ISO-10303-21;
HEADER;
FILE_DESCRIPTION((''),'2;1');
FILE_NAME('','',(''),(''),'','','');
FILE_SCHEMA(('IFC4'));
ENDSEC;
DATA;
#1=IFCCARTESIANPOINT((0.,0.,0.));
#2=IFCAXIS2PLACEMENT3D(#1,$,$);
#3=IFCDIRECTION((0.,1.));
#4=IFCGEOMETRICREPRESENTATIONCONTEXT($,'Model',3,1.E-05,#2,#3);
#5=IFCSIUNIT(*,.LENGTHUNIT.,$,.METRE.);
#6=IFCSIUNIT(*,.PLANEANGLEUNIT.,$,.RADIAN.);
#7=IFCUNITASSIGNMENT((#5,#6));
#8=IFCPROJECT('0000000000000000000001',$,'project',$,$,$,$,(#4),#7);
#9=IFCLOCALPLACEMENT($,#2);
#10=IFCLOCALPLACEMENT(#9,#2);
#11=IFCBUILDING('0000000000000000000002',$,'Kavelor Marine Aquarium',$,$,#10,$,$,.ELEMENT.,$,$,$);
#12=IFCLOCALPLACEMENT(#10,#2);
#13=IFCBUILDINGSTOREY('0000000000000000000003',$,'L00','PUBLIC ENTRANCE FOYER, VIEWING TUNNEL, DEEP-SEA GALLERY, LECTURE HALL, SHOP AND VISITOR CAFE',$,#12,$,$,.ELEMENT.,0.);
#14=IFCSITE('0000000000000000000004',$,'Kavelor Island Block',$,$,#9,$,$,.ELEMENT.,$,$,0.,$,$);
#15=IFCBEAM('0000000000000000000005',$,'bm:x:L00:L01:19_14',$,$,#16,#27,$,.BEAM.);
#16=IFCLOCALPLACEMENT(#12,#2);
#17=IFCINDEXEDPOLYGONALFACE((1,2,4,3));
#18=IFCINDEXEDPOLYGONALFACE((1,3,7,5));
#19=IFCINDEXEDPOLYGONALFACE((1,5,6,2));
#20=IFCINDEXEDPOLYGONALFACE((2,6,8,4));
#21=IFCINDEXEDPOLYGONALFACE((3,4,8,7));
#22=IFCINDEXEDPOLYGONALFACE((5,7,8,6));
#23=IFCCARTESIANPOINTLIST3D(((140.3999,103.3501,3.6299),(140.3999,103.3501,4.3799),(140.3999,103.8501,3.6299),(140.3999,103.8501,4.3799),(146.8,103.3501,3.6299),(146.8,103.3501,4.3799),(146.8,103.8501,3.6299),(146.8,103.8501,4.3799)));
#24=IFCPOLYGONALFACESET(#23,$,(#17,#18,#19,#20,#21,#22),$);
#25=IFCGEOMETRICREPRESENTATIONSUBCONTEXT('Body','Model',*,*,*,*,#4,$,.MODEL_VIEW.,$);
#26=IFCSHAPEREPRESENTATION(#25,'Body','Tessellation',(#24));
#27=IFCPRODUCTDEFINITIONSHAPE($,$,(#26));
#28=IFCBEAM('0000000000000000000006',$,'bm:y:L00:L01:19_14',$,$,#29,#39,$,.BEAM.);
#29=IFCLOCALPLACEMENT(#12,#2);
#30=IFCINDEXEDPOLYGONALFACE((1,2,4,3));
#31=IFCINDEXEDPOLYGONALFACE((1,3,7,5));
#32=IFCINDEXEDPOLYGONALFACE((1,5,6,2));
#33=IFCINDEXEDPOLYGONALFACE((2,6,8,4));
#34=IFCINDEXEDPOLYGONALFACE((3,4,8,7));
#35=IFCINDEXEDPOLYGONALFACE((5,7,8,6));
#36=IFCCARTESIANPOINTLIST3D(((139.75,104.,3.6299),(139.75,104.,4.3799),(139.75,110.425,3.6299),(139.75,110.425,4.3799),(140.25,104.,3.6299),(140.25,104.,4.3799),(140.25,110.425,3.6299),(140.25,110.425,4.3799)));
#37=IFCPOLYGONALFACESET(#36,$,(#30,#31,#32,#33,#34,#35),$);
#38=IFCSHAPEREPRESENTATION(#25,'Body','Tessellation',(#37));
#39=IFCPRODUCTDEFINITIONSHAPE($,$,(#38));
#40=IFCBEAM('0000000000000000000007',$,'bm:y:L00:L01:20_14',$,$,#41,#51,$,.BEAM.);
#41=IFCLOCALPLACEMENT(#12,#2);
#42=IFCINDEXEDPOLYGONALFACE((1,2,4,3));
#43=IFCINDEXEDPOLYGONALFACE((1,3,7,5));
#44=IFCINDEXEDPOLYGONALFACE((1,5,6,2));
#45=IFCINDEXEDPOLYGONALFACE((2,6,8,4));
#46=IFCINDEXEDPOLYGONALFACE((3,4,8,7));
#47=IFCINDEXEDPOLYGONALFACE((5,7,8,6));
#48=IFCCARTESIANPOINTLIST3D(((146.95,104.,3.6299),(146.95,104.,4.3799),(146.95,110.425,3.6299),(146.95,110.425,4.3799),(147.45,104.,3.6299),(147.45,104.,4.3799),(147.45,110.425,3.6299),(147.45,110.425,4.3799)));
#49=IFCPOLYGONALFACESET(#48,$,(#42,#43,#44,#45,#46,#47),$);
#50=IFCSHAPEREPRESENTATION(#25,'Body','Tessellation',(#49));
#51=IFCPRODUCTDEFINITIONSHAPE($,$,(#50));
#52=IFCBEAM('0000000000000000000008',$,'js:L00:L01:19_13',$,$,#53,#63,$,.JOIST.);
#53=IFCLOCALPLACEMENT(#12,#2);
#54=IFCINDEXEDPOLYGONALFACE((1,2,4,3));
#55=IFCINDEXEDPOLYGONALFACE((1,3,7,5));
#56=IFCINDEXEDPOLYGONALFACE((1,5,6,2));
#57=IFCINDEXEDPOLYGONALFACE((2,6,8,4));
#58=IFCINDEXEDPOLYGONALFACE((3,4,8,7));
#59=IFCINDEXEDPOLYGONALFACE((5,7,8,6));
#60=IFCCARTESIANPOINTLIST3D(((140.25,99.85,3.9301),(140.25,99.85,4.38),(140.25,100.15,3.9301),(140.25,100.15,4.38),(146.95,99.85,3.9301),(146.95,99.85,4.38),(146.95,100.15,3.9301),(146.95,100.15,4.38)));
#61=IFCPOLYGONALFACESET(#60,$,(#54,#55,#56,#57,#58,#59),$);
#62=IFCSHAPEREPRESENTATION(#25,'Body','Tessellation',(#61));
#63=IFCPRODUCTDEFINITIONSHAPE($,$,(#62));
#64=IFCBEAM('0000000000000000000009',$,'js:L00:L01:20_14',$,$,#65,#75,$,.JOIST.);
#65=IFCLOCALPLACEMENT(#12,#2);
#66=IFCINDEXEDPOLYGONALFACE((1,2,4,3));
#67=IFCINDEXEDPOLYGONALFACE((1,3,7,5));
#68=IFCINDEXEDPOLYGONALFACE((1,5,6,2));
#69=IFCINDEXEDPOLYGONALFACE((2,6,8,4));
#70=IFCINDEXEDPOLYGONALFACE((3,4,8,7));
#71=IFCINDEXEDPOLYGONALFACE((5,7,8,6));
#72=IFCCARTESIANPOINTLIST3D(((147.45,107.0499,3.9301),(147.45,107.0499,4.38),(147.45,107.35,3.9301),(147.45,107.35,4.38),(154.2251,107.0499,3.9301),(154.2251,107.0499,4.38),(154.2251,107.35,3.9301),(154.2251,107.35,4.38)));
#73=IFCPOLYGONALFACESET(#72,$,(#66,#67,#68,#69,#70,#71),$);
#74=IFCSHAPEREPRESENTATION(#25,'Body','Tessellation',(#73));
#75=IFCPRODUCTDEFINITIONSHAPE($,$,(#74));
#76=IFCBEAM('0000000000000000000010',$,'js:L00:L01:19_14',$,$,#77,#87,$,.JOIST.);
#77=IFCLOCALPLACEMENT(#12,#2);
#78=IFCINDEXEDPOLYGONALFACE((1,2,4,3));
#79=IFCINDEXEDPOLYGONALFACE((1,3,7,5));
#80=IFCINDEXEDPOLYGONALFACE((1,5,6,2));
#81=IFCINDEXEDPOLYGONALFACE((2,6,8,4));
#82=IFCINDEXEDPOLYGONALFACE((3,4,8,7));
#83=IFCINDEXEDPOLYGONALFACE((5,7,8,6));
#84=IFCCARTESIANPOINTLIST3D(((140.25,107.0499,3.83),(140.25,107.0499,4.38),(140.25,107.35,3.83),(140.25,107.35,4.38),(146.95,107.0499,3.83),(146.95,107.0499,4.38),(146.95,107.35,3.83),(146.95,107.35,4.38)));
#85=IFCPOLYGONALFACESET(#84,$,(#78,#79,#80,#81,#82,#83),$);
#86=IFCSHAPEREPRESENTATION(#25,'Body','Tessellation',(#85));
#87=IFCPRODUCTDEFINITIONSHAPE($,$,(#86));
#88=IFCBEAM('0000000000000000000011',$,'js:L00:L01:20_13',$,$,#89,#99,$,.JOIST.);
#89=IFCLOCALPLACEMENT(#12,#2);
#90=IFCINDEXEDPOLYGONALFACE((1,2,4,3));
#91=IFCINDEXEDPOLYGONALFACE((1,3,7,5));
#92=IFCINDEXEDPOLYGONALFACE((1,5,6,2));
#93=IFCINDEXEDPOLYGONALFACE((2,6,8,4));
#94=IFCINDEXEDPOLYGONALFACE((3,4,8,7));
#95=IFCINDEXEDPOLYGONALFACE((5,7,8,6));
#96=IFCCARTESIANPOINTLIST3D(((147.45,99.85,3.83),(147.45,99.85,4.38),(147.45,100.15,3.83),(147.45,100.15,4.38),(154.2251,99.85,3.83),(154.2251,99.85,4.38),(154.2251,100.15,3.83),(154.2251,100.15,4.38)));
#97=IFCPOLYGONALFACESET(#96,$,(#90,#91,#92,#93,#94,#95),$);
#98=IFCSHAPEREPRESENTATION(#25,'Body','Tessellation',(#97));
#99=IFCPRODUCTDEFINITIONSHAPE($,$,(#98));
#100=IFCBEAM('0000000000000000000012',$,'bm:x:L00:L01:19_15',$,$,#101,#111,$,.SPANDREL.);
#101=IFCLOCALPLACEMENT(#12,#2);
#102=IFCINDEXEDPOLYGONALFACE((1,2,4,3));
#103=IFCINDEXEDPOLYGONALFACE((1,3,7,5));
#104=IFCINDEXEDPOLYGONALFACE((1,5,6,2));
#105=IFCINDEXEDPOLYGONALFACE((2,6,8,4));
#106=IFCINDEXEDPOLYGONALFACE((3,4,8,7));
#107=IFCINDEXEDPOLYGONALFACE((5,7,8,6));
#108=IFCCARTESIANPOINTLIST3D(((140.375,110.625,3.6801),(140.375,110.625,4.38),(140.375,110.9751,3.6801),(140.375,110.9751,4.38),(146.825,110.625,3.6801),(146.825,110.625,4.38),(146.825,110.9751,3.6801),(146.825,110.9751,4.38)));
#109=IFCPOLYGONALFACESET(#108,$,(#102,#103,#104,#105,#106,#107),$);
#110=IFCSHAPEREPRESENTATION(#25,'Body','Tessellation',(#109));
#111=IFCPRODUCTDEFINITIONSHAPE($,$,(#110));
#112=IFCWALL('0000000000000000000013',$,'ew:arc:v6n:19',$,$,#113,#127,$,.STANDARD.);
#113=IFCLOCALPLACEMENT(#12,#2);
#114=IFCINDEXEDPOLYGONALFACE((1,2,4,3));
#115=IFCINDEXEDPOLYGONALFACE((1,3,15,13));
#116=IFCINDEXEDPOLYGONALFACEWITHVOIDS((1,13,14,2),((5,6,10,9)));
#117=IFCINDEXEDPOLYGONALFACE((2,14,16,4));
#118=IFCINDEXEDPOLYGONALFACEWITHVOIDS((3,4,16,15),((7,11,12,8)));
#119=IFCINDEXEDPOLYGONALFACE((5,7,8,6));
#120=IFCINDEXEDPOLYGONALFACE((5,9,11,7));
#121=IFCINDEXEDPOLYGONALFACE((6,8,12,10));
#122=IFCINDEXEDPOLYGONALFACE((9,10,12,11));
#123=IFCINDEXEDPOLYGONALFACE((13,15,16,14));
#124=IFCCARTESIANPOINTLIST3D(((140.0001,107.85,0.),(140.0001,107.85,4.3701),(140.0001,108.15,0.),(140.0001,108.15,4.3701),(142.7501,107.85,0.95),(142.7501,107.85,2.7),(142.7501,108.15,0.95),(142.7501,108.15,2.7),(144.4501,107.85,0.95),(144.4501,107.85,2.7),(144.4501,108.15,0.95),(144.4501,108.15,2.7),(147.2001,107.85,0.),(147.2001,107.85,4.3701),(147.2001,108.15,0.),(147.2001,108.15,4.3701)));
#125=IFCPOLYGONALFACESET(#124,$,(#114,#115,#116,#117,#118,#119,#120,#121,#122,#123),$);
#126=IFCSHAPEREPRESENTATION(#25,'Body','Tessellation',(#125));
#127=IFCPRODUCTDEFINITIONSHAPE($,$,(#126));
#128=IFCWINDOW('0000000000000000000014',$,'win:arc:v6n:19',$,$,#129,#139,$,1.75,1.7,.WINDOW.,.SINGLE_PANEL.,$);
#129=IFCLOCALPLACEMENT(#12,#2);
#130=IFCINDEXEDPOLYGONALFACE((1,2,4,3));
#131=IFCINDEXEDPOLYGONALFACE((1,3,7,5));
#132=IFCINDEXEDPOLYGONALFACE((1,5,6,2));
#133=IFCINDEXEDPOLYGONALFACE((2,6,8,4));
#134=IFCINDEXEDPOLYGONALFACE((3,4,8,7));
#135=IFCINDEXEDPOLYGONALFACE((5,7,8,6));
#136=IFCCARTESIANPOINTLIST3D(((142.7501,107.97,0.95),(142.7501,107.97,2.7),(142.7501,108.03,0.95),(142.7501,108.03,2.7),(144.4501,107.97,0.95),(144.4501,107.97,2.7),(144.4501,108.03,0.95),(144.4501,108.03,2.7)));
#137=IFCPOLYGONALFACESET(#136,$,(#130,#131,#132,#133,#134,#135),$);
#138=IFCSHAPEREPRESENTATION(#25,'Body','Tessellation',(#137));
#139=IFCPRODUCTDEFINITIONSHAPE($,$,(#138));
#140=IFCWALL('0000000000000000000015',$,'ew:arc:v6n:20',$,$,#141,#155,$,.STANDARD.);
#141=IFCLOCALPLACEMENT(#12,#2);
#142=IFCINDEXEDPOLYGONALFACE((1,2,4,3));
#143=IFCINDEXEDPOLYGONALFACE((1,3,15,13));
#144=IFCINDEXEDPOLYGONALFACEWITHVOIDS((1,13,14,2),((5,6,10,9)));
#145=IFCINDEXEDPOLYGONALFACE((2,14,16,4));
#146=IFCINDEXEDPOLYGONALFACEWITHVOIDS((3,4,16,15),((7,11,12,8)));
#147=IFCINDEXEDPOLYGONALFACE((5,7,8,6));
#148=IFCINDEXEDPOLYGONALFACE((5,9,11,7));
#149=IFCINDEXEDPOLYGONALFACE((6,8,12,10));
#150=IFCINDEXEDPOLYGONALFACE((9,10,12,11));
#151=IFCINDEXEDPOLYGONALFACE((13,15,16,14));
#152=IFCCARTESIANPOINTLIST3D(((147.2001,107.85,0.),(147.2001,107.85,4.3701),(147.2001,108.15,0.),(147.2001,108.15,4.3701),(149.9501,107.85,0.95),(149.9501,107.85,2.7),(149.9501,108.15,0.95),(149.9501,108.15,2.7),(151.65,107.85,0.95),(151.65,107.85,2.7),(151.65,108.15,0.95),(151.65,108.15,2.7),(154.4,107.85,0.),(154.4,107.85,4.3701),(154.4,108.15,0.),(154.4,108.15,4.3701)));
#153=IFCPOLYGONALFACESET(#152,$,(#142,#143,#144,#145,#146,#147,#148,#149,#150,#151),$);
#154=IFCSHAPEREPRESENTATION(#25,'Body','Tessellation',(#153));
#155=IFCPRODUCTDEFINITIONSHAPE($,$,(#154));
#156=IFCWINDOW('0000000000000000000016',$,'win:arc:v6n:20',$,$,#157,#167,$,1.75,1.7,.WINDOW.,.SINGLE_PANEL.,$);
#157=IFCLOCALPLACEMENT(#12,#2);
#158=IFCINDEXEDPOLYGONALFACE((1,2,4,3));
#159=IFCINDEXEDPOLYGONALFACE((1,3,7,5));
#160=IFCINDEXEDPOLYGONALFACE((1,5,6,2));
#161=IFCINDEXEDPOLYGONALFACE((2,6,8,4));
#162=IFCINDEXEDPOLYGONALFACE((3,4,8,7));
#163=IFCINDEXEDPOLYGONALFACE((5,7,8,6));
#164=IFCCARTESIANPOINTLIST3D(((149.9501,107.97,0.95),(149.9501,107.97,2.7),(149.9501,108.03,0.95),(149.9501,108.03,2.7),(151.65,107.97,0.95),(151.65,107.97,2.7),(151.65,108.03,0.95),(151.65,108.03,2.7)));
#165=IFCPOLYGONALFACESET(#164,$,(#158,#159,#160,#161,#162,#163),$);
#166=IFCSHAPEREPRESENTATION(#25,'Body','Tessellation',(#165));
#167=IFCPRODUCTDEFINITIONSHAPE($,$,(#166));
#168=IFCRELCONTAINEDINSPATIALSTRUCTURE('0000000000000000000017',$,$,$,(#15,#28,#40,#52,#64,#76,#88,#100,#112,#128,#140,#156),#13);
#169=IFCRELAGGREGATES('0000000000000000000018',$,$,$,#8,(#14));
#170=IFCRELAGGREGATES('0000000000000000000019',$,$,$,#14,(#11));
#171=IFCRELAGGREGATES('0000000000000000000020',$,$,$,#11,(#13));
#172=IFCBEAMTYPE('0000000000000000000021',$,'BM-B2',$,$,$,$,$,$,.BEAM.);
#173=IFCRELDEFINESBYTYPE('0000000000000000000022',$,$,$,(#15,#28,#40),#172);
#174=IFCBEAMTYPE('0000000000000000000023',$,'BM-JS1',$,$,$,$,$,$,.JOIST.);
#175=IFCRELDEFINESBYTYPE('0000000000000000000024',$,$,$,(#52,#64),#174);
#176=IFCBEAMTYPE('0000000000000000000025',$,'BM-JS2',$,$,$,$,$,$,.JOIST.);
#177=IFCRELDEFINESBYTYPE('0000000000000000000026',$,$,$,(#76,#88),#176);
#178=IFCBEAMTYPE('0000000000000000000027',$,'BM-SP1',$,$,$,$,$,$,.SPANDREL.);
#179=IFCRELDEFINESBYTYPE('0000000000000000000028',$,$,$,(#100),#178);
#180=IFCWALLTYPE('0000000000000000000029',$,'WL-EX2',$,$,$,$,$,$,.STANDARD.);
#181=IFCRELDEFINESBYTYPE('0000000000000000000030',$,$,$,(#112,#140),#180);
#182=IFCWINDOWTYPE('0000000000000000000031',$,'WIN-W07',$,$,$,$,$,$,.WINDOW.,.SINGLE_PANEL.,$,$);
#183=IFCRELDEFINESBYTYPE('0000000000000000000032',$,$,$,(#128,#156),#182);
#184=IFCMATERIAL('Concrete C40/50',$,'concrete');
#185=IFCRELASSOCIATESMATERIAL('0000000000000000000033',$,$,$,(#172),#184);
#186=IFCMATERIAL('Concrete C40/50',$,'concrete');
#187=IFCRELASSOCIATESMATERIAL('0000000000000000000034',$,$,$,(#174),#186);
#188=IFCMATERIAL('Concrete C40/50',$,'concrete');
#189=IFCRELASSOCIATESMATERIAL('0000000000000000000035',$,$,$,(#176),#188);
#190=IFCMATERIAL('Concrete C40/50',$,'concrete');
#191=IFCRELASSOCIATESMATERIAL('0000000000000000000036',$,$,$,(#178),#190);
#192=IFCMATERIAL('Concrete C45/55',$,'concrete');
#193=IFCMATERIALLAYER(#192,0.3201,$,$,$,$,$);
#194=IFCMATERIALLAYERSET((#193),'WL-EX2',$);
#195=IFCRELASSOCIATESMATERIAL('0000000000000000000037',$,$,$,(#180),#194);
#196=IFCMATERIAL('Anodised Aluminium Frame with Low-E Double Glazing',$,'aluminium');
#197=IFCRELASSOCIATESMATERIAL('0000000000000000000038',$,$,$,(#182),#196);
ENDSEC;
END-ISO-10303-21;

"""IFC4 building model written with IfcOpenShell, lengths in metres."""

from ifc_helpers import new_model, si_unit, direction, frame, frame_2d, origin, origin_2d, place, context, subcontext, project, spatial, rectangle, extrude, material, layer, layer_set, material_profile, profile_set, type_object, element, fill, save


model = new_model("IFC4")

# Units and contexts
model_context = context("Model", 3, precision=1e-05, world=origin(), true_north=direction((0.0, 1.0)))
body_context = subcontext(model_context, "Body", "Model", "MODEL_VIEW")
ifc_project = project(units=[si_unit("LENGTHUNIT", "METRE"), si_unit("PLANEANGLEUNIT", "RADIAN")], contexts=[model_context])

# Site, building, storey
site_placement = place(None, origin())
site = spatial("IfcSite", under=ifc_project, at=site_placement, Name="Kavelor Island Block", CompositionType="ELEMENT", RefElevation=0.0)
building_placement = place(site_placement, origin())
building = spatial("IfcBuilding", under=site, at=building_placement, Name="Kavelor Marine Aquarium", CompositionType="ELEMENT")
storey_placement = place(building_placement, origin())
storey = spatial("IfcBuildingStorey", under=building, at=storey_placement, Name="L00", Description="PUBLIC ENTRANCE FOYER, VIEWING TUNNEL, DEEP-SEA GALLERY, LECTURE HALL, SHOP AND VISITOR CAFE", CompositionType="ELEMENT", Elevation=0.0)

# Beams
ifc_material_1 = material(Name="Concrete C40/50", Category="concrete")
ifc_material_profile_1 = material_profile(ifc_material_1, rectangle(XDim=0.5, YDim=0.75, at=origin_2d()), Name="RC-BM 500x750")
ifc_profile_set_1 = profile_set([ifc_material_profile_1], Name="Concrete C40/50")
beam_type_1 = type_object("IfcBeamType", Name="BM-B2", PredefinedType="BEAM", material=ifc_profile_set_1)
beam_1_placement = place(storey_placement, frame((140.3999, 103.6001, 4.0049), z_axis=(1.0, 0.0, 0.0), x_axis=(0.0, 1.0, 0.0)))
element("IfcBeam", 1, at=beam_1_placement, inside=storey, type_object=beam_type_1, Name="bm:x:L00:L01:19_14", PredefinedType="BEAM", context=body_context, shape_type="SweptSolid", body=[
    extrude(rectangle(XDim=0.5, YDim=0.75, at=origin_2d()), origin(), (0.0, 0.0, 1.0), 6.4001),
])
for number, where, z_axis, x_axis, name in (
    (2, (140.0, 104.0, 4.0049), (0.0, 1.0, 0.0), (-1.0, 0.0, 0.0), "bm:y:L00:L01:19_14"),
    (3, (147.2, 104.0, 4.0049), (0.0, 1.0, 0.0), (-1.0, 0.0, 0.0), "bm:y:L00:L01:20_14"),
):
    element("IfcBeam", number, at=place(storey_placement, frame(where, z_axis=z_axis, x_axis=x_axis)), inside=storey, type_object=beam_type_1, Name=name, PredefinedType="BEAM", context=body_context, shape_type="SweptSolid", body=[
        extrude(rectangle(XDim=0.5, YDim=0.75, at=origin_2d()), origin(), (0.0, 0.0, 1.0), 6.425),
    ])
ifc_material_2 = material(Name="Concrete C40/50", Category="concrete")
ifc_material_profile_2 = material_profile(ifc_material_2, rectangle(XDim=0.3, YDim=0.45, at=origin_2d()), Name="RC-JS 300x450")
ifc_profile_set_2 = profile_set([ifc_material_profile_2], Name="Concrete C40/50")
beam_type_2 = type_object("IfcBeamType", Name="BM-JS1", PredefinedType="JOIST", material=ifc_profile_set_2)
beam_2_placement = place(storey_placement, frame((140.25, 100.0, 4.155), z_axis=(1.0, 0.0, 0.0), x_axis=(0.0, 1.0, 0.0)))
element("IfcBeam", 4, at=beam_2_placement, inside=storey, type_object=beam_type_2, Name="js:L00:L01:19_13", PredefinedType="JOIST", context=body_context, shape_type="SweptSolid", body=[
    extrude(rectangle(XDim=0.3, YDim=0.45, at=origin_2d()), origin(), (0.0, 0.0, 1.0), 6.7),
])
beam_3_placement = place(storey_placement, frame((147.45, 107.2, 4.155), z_axis=(1.0, 0.0, 0.0), x_axis=(0.0, 1.0, 0.0)))
element("IfcBeam", 5, at=beam_3_placement, inside=storey, type_object=beam_type_2, Name="js:L00:L01:20_14", PredefinedType="JOIST", context=body_context, shape_type="SweptSolid", body=[
    extrude(rectangle(XDim=0.3, YDim=0.45, at=origin_2d()), origin(), (0.0, 0.0, 1.0), 6.7751),
])
ifc_material_3 = material(Name="Concrete C40/50", Category="concrete")
ifc_material_profile_3 = material_profile(ifc_material_3, rectangle(XDim=0.3, YDim=0.55, at=origin_2d()), Name="RC-JS 300x550")
ifc_profile_set_3 = profile_set([ifc_material_profile_3], Name="Concrete C40/50")
beam_type_3 = type_object("IfcBeamType", Name="BM-JS2", PredefinedType="JOIST", material=ifc_profile_set_3)
beam_4_placement = place(storey_placement, frame((140.25, 107.2, 4.105), z_axis=(1.0, 0.0, 0.0), x_axis=(0.0, 1.0, 0.0)))
element("IfcBeam", 6, at=beam_4_placement, inside=storey, type_object=beam_type_3, Name="js:L00:L01:19_14", PredefinedType="JOIST", context=body_context, shape_type="SweptSolid", body=[
    extrude(rectangle(XDim=0.3, YDim=0.55, at=origin_2d()), origin(), (0.0, 0.0, 1.0), 6.7),
])
beam_5_placement = place(storey_placement, frame((147.45, 100.0, 4.105), z_axis=(1.0, 0.0, 0.0), x_axis=(0.0, 1.0, 0.0)))
element("IfcBeam", 7, at=beam_5_placement, inside=storey, type_object=beam_type_3, Name="js:L00:L01:20_13", PredefinedType="JOIST", context=body_context, shape_type="SweptSolid", body=[
    extrude(rectangle(XDim=0.3, YDim=0.55, at=origin_2d()), origin(), (0.0, 0.0, 1.0), 6.7751),
])
ifc_material_4 = material(Name="Concrete C40/50", Category="concrete")
ifc_material_profile_4 = material_profile(ifc_material_4, rectangle(XDim=0.3501, YDim=0.7, at=origin_2d()), Name="RC-SP 350x700")
ifc_profile_set_4 = profile_set([ifc_material_profile_4], Name="Concrete C40/50")
beam_type_4 = type_object("IfcBeamType", Name="BM-SP1", PredefinedType="SPANDREL", material=ifc_profile_set_4)
beam_6_placement = place(storey_placement, frame((140.375, 110.8, 4.03), z_axis=(1.0, 0.0, 0.0), x_axis=(0.0, 1.0, 0.0)))
element("IfcBeam", 8, at=beam_6_placement, inside=storey, type_object=beam_type_4, Name="bm:x:L00:L01:19_15", PredefinedType="SPANDREL", context=body_context, shape_type="SweptSolid", body=[
    extrude(rectangle(XDim=0.3501, YDim=0.7, at=origin_2d()), origin(), (0.0, 0.0, 1.0), 6.45),
])

# Walls, openings, windows
ifc_material_5 = material(Name="Concrete C45/55", Category="concrete")
ifc_layer_1 = layer(ifc_material_5, 0.3201)
ifc_layer_set_1 = layer_set([ifc_layer_1], Name="WL-EX2")
wall_type_1 = type_object("IfcWallType", Name="WL-EX2", PredefinedType="STANDARD", material=ifc_layer_set_1)
wall_1_placement = place(storey_placement, frame((140.0, 108.0, 0.0), z_axis=(0.0, 0.0, 1.0), x_axis=(1.0, 0.0, 0.0)))
wall_1 = element("IfcWall", 9, at=wall_1_placement, inside=storey, type_object=wall_type_1, Name="ew:arc:v6n:19", PredefinedType="STANDARD", context=body_context, shape_type="SweptSolid", body=[
    extrude(rectangle(XDim=7.2, YDim=0.3, at=frame_2d((3.6001, 0.0))), origin(), (0.0, 0.0, 1.0), 4.3701),
])
opening_1_placement = place(wall_1_placement, frame((2.75, 0.0, 0.95)))
opening_1 = element("IfcOpeningElement", 10, at=opening_1_placement, cuts=wall_1, PredefinedType="OPENING", context=body_context, shape_type="SweptSolid", body=[
    extrude(rectangle(XDim=1.7, YDim=1.75, at=frame_2d((0.8501, 0.875))), frame((0.0, 0.1599, 0.0), z_axis=(0.0, -1.0, 0.0), x_axis=(1.0, 0.0, 0.0)), (0.0, 0.0, 1.0), 0.32),
])
ifc_material_6 = material(Name="Anodised Aluminium Frame with Low-E Double Glazing", Category="aluminium")
window_type = type_object("IfcWindowType", Name="WIN-W07", PartitioningType="SINGLE_PANEL", PredefinedType="WINDOW", material=ifc_material_6)
window_1_placement = place(opening_1_placement, origin())
window_1 = element("IfcWindow", 11, at=window_1_placement, inside=storey, type_object=window_type, Name="win:arc:v6n:19", OverallHeight=1.75, OverallWidth=1.7, PartitioningType="SINGLE_PANEL", PredefinedType="WINDOW", context=body_context, shape_type="SweptSolid", body=[
    extrude(rectangle(XDim=1.7, YDim=1.75, at=frame_2d((0.8501, 0.875))), frame((0.0, 0.03, 0.0), z_axis=(0.0, -1.0, 0.0), x_axis=(1.0, 0.0, 0.0)), (0.0, 0.0, 1.0), 0.0601),
])
fill(opening_1, window_1)
wall_2_placement = place(storey_placement, frame((147.2, 108.0, 0.0), z_axis=(0.0, 0.0, 1.0), x_axis=(1.0, 0.0, 0.0)))
wall_2 = element("IfcWall", 12, at=wall_2_placement, inside=storey, type_object=wall_type_1, Name="ew:arc:v6n:20", PredefinedType="STANDARD", context=body_context, shape_type="SweptSolid", body=[
    extrude(rectangle(XDim=7.2, YDim=0.3, at=frame_2d((3.6001, 0.0))), origin(), (0.0, 0.0, 1.0), 4.3701),
])
opening_2_placement = place(wall_2_placement, frame((2.75, 0.0, 0.95)))
opening_2 = element("IfcOpeningElement", 13, at=opening_2_placement, cuts=wall_2, PredefinedType="OPENING", context=body_context, shape_type="SweptSolid", body=[
    extrude(rectangle(XDim=1.7, YDim=1.75, at=frame_2d((0.8501, 0.875))), frame((0.0, 0.1599, 0.0), z_axis=(0.0, -1.0, 0.0), x_axis=(1.0, 0.0, 0.0)), (0.0, 0.0, 1.0), 0.32),
])
window_2_placement = place(opening_2_placement, origin())
window_2 = element("IfcWindow", 14, at=window_2_placement, inside=storey, type_object=window_type, Name="win:arc:v6n:20", OverallHeight=1.75, OverallWidth=1.7, PartitioningType="SINGLE_PANEL", PredefinedType="WINDOW", context=body_context, shape_type="SweptSolid", body=[
    extrude(rectangle(XDim=1.7, YDim=1.75, at=frame_2d((0.8501, 0.875))), frame((0.0, 0.03, 0.0), z_axis=(0.0, -1.0, 0.0), x_axis=(1.0, 0.0, 0.0)), (0.0, 0.0, 1.0), 0.0601),
])
fill(opening_2, window_2)

save(model, "model.ifc")
